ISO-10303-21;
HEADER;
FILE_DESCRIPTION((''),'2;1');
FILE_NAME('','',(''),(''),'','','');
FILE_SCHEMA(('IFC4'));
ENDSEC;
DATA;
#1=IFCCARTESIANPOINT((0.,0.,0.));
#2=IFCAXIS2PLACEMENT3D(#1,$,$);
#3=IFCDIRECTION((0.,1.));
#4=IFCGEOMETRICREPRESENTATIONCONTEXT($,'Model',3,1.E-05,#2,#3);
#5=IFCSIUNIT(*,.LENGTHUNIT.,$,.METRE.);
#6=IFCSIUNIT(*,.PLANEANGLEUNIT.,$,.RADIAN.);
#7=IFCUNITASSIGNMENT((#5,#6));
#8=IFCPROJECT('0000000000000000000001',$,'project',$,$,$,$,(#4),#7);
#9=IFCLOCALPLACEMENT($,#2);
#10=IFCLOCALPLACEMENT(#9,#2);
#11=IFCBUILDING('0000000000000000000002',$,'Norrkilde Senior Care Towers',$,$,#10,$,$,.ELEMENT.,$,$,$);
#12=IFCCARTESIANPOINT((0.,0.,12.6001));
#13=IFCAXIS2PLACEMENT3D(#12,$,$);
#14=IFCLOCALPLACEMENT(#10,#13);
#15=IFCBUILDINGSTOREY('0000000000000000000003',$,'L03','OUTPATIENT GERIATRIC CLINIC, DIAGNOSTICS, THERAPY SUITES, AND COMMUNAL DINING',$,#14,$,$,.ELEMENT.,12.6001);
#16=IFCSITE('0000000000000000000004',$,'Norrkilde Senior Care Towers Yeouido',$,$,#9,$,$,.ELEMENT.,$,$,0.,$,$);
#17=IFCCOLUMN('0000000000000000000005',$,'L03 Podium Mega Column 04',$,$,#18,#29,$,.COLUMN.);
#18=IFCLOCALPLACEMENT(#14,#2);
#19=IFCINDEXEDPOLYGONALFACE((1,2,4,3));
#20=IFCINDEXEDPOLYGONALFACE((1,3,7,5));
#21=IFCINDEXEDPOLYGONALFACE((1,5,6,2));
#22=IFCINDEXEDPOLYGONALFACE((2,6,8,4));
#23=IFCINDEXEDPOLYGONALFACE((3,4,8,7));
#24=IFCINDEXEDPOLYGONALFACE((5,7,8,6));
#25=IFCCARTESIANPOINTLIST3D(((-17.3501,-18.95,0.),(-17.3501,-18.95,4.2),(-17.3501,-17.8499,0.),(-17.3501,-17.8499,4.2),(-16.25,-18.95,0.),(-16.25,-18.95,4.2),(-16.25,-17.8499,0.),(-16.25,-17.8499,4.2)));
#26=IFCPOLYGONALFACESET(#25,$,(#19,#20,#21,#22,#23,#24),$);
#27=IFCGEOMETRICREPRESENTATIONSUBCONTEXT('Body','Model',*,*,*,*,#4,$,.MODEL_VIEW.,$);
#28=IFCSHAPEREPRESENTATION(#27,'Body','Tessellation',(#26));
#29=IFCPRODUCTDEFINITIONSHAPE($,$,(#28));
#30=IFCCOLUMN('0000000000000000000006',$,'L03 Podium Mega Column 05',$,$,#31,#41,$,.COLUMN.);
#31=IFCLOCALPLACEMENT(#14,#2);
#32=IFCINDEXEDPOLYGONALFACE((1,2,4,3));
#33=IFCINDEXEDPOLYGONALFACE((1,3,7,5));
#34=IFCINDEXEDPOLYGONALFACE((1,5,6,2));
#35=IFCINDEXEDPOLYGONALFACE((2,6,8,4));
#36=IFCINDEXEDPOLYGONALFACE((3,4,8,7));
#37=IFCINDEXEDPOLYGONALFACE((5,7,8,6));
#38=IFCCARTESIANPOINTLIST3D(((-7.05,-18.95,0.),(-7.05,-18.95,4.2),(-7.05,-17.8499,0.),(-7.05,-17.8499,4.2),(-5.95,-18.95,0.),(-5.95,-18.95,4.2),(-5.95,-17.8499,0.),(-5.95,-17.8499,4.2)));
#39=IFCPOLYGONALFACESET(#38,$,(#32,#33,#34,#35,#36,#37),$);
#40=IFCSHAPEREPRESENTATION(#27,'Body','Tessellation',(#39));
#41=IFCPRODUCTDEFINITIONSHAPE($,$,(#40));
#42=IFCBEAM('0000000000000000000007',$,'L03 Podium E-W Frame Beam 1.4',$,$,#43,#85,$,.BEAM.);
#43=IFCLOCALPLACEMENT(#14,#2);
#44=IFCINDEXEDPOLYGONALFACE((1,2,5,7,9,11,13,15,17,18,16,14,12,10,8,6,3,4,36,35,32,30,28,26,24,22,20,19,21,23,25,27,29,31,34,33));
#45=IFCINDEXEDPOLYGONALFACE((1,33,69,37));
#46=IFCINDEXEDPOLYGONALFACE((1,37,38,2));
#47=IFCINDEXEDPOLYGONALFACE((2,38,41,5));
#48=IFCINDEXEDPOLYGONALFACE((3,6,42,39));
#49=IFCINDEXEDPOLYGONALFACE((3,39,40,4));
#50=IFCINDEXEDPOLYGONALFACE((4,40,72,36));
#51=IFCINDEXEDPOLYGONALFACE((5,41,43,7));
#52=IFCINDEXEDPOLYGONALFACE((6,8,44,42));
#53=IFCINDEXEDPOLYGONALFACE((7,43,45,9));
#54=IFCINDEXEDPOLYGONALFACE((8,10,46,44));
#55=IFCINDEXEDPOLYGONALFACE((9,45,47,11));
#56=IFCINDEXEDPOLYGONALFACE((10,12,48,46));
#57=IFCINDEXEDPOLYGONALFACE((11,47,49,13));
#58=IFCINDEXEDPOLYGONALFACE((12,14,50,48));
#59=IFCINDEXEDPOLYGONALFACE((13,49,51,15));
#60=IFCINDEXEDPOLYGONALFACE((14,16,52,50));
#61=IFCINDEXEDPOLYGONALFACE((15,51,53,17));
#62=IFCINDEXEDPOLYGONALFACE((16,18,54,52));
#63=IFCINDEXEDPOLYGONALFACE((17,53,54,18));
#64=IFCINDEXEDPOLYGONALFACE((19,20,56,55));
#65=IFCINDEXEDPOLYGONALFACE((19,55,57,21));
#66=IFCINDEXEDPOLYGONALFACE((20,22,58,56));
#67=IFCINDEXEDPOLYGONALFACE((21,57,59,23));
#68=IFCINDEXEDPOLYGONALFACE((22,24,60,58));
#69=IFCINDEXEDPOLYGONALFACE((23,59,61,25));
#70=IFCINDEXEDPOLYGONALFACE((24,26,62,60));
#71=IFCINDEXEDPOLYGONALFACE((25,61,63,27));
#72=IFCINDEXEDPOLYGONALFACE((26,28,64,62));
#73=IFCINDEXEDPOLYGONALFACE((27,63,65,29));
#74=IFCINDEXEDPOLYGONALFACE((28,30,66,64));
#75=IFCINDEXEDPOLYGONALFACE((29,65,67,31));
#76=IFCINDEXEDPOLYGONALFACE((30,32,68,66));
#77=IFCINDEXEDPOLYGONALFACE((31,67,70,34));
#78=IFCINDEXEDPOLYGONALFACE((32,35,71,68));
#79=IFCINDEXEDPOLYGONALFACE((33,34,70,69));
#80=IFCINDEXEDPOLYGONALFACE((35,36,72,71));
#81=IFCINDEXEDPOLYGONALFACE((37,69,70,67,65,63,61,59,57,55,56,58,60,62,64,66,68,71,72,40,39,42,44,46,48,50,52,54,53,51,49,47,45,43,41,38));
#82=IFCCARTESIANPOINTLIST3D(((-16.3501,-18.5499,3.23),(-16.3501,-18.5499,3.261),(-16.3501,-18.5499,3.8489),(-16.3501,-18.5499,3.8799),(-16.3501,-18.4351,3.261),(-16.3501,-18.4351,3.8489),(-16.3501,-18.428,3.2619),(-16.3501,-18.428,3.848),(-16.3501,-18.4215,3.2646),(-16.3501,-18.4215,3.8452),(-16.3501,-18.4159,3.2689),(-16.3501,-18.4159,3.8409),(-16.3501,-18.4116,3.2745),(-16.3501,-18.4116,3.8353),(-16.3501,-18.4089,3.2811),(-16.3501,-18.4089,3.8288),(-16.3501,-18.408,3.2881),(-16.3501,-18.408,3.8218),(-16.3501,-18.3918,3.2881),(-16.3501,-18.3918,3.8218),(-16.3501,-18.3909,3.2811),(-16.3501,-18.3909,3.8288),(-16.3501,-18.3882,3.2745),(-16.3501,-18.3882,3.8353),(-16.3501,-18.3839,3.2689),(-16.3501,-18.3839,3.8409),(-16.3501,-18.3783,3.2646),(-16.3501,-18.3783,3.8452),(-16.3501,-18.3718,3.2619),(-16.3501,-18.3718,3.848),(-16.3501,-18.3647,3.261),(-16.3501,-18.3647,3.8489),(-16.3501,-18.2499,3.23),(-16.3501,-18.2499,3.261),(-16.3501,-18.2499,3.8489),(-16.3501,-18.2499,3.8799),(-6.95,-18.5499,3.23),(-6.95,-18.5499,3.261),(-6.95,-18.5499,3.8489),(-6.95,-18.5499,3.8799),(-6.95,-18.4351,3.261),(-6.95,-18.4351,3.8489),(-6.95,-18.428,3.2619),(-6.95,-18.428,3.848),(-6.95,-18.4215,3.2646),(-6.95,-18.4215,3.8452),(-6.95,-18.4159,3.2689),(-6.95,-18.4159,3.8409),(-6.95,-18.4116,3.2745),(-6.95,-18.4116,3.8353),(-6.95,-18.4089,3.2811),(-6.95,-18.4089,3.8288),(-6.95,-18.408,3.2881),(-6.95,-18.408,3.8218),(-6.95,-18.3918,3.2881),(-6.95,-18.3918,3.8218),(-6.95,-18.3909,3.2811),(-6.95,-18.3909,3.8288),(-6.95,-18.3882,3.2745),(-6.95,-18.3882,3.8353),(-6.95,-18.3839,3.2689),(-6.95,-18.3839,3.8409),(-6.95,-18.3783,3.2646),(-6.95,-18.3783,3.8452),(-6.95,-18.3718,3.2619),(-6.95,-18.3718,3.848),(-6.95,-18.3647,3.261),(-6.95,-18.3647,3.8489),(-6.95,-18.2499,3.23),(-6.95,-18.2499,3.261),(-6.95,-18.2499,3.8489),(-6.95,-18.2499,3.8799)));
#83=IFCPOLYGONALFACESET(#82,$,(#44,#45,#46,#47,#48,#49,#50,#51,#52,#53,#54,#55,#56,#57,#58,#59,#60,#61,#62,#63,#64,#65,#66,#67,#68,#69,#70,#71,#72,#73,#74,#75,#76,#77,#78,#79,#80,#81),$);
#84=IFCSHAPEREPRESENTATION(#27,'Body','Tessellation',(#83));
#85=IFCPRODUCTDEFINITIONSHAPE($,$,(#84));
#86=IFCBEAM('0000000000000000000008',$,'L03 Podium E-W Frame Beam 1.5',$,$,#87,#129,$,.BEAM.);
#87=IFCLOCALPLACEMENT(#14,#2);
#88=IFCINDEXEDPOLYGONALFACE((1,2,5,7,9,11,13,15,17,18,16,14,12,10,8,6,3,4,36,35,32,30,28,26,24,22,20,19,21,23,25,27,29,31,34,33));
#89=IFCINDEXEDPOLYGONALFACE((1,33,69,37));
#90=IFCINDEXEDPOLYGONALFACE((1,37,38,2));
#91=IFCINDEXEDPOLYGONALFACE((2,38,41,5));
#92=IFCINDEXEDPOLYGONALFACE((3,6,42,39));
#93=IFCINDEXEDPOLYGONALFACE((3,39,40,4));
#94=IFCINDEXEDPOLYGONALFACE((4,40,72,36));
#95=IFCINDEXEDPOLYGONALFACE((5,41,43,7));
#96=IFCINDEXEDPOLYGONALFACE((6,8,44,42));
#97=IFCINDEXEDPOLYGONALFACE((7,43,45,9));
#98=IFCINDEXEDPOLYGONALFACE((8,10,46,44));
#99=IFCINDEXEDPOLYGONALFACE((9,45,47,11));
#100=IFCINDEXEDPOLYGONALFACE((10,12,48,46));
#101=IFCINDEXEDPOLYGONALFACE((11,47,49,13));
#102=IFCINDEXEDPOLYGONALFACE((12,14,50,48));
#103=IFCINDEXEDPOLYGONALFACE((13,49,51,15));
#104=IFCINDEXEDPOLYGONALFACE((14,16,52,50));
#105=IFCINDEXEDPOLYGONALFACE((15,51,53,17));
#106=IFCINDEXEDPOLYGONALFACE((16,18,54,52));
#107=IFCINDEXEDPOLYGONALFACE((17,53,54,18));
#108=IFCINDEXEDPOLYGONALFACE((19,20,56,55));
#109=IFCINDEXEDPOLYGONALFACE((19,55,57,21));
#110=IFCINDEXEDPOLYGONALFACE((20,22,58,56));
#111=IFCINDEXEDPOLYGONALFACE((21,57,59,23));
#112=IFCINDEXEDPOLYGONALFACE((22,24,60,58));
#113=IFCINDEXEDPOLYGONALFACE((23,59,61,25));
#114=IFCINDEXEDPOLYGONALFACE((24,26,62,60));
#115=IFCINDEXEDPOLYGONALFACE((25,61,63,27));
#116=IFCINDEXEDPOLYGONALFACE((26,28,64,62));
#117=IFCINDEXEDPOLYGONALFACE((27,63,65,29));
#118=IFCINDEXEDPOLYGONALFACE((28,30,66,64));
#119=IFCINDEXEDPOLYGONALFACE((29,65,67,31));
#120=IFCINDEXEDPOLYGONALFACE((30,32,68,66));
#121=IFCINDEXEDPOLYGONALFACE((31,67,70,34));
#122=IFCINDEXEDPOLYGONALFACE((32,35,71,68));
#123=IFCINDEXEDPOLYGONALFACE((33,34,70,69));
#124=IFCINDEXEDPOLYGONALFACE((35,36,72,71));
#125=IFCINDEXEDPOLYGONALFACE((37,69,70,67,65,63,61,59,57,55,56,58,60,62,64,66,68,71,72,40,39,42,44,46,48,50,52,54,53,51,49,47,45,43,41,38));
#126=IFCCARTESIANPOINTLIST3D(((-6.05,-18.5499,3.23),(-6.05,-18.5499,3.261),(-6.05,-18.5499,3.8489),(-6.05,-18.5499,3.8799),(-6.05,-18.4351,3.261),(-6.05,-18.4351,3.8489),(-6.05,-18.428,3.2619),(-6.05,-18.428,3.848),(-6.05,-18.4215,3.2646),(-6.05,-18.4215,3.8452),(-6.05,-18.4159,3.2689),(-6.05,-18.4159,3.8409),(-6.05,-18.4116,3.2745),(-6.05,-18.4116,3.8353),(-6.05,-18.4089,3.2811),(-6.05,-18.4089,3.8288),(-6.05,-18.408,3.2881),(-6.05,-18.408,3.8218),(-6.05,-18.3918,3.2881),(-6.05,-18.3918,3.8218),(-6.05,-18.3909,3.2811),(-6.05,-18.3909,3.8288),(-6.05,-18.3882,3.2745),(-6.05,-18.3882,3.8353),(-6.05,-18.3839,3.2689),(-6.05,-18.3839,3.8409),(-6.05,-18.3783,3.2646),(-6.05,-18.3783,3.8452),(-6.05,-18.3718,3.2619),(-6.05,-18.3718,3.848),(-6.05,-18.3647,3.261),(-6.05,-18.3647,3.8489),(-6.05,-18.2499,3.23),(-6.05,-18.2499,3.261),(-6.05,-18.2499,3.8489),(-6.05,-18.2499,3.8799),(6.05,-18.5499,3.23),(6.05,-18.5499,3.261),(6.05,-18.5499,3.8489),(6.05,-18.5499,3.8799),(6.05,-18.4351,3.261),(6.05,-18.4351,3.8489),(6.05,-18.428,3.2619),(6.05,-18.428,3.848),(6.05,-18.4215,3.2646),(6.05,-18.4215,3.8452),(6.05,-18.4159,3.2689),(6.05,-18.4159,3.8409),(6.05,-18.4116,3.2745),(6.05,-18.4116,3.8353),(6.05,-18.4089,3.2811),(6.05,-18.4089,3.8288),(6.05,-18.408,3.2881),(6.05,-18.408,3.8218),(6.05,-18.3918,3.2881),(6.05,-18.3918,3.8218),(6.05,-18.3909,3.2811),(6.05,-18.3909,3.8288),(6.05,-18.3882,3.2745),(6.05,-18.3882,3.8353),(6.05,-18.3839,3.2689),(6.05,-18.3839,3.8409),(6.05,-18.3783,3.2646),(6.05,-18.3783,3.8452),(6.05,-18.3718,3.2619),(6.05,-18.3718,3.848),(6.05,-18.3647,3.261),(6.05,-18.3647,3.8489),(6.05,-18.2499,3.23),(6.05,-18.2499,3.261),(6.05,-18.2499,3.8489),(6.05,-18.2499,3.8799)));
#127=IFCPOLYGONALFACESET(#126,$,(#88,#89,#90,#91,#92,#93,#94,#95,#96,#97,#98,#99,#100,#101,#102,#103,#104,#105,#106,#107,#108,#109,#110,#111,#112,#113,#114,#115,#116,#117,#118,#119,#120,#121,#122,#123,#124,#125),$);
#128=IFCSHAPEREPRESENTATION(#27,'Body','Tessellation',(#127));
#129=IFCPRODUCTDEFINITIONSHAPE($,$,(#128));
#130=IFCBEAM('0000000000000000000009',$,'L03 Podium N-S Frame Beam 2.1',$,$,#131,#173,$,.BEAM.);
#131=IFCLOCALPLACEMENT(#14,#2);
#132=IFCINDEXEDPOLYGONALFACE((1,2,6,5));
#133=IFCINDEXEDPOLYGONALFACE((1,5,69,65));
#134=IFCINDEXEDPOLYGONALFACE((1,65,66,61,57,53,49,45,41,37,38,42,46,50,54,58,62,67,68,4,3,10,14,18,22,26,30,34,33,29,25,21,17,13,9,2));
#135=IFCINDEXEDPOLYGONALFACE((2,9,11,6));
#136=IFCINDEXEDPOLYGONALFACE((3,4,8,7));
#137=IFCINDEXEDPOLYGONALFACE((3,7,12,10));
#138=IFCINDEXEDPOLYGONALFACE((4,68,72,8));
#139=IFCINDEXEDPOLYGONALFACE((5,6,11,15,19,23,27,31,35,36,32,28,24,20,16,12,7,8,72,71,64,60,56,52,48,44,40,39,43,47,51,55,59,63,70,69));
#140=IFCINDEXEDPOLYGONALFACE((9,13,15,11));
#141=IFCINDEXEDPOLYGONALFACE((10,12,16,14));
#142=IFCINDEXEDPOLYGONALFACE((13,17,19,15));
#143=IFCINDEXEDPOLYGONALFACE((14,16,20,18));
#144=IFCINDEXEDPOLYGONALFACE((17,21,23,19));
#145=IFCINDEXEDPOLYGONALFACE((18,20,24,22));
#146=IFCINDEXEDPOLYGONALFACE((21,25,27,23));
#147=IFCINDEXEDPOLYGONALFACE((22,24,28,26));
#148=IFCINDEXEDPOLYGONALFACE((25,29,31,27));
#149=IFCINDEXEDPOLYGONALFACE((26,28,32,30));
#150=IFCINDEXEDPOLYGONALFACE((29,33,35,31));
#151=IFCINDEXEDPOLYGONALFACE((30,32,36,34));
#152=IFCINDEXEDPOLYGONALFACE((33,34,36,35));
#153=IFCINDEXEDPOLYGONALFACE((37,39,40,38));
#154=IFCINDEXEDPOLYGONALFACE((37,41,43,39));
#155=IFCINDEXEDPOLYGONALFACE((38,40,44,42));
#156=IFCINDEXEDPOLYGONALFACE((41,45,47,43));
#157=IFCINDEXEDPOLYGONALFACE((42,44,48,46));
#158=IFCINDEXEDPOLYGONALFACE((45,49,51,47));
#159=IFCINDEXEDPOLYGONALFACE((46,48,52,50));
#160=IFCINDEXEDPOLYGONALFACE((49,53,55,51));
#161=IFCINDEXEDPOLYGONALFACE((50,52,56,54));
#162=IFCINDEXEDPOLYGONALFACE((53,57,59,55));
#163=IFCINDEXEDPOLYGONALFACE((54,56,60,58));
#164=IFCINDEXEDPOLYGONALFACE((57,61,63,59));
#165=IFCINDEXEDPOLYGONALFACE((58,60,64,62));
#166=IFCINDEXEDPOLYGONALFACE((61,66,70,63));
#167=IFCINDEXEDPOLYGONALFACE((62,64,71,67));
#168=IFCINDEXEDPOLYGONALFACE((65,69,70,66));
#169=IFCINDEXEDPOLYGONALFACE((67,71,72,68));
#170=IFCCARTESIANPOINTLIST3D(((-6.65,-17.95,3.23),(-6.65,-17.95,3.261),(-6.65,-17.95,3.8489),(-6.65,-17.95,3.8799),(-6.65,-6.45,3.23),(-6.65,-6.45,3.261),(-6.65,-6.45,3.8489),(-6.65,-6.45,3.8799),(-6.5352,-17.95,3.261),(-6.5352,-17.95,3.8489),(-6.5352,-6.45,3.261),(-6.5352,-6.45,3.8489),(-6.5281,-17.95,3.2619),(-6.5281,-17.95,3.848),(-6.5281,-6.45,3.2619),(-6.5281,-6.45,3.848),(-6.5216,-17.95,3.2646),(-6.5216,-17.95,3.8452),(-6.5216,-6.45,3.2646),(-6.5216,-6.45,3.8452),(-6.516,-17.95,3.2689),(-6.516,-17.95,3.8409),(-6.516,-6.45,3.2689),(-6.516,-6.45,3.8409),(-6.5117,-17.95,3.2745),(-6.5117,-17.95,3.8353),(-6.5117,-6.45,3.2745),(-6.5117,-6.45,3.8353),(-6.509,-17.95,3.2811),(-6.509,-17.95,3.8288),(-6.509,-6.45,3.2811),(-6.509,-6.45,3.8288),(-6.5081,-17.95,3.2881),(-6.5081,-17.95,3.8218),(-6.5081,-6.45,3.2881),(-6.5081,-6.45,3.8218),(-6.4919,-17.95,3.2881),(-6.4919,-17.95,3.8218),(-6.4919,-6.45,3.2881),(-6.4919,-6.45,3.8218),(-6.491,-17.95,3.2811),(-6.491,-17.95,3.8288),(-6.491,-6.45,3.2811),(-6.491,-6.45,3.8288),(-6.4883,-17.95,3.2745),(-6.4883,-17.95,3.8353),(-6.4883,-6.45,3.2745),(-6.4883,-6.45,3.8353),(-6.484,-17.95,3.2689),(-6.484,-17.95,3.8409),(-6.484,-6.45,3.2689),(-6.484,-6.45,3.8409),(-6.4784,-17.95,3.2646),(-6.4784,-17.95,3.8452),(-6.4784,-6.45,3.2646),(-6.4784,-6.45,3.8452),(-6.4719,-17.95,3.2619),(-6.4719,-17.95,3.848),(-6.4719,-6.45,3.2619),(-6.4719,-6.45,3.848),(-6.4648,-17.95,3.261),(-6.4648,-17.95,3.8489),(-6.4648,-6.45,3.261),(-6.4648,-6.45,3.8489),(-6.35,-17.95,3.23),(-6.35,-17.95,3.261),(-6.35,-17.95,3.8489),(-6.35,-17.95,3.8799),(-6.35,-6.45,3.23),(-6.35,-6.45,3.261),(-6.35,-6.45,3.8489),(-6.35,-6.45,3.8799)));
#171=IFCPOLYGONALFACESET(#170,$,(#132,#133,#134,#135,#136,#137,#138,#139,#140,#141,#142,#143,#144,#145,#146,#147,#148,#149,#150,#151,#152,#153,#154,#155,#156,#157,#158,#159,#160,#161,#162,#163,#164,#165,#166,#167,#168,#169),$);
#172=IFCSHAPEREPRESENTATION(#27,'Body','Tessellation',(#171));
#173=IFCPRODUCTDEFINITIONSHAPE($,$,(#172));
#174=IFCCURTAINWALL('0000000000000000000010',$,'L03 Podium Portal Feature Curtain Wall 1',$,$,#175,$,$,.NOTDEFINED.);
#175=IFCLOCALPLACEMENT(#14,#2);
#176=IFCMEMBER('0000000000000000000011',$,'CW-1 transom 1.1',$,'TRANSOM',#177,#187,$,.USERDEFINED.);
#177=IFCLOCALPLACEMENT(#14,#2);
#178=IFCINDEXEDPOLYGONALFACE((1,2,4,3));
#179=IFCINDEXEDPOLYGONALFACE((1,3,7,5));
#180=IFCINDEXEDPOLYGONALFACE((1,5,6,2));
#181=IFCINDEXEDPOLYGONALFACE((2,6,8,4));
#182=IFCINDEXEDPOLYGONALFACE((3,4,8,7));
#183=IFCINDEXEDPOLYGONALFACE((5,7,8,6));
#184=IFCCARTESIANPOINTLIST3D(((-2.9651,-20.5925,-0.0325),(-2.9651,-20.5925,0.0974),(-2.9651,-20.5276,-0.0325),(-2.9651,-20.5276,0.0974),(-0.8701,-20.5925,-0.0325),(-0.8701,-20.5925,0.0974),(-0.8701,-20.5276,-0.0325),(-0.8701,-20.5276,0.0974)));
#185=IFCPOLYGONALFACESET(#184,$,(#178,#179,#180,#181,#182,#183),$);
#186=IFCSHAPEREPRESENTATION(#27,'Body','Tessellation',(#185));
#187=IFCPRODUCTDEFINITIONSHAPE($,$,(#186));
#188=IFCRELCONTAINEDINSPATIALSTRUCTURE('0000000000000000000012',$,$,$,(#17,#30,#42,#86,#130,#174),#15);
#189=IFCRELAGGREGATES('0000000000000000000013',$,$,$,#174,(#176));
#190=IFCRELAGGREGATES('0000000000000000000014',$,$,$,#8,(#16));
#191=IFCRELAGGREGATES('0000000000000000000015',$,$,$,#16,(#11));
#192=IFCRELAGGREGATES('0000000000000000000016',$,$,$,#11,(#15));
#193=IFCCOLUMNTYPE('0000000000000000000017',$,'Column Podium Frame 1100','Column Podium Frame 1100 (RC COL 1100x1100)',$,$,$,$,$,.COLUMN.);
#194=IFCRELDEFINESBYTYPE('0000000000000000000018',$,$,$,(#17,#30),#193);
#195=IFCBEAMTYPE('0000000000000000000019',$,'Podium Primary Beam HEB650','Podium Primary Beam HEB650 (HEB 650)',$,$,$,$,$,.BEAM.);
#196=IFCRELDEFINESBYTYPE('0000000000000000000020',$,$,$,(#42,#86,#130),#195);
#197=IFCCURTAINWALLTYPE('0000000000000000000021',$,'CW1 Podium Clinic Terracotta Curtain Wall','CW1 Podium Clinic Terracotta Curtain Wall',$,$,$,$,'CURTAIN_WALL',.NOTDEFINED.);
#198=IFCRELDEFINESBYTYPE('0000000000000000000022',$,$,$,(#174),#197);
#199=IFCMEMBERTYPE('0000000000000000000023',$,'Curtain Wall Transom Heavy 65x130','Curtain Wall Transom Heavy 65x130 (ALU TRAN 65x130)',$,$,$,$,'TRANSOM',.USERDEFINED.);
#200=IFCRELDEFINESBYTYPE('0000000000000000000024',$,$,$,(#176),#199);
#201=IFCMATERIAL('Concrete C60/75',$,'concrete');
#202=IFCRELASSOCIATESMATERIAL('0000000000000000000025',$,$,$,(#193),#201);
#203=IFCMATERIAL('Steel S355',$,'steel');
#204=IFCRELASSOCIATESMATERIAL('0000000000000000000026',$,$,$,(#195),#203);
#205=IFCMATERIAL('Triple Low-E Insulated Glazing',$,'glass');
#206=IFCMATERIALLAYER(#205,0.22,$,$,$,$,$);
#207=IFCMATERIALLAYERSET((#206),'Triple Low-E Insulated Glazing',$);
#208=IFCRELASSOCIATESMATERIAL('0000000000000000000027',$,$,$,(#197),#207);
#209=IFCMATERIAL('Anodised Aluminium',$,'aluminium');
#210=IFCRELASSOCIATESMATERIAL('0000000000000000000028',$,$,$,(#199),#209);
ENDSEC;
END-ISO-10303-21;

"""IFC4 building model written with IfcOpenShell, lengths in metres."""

from ifc_helpers import new_model, si_unit, direction, frame, origin, origin_2d, place, context, subcontext, project, spatial, rectangle, i_section, extrude, source, transform, mapped, material, layer, layer_set, material_profile, profile_set, type_object, type_shapes, element, aggregate, save


model = new_model("IFC4")

# Units and contexts
model_context = context("Model", 3, precision=1e-05, world=origin(), true_north=direction((0.0, 1.0)))
body_context = subcontext(model_context, "Body", "Model", "MODEL_VIEW")
ifc_project = project(units=[si_unit("LENGTHUNIT", "METRE"), si_unit("PLANEANGLEUNIT", "RADIAN")], contexts=[model_context])

# Site, building, storey
site_placement = place(None, origin())
site = spatial("IfcSite", under=ifc_project, at=site_placement, Name="Norrkilde Senior Care Towers Yeouido", CompositionType="ELEMENT", RefElevation=0.0)
building_placement = place(site_placement, origin())
building = spatial("IfcBuilding", under=site, at=building_placement, Name="Norrkilde Senior Care Towers", CompositionType="ELEMENT")
storey_placement = place(building_placement, frame((0.0, 0.0, 12.6001)))
storey = spatial("IfcBuildingStorey", under=building, at=storey_placement, Name="L03", Description="OUTPATIENT GERIATRIC CLINIC, DIAGNOSTICS, THERAPY SUITES, AND COMMUNAL DINING", CompositionType="ELEMENT", Elevation=12.6001)

# Columns
ifc_material_1 = material(Name="Concrete C60/75", Category="concrete")
ifc_material_profile_1 = material_profile(ifc_material_1, rectangle(XDim=1.1001, YDim=1.1001, at=origin_2d()), Name="RC COL 1100x1100")
ifc_profile_set_1 = profile_set([ifc_material_profile_1], Name="Concrete C60/75")
column_type = type_object("IfcColumnType", Name="Column Podium Frame 1100", Description="Column Podium Frame 1100 (RC COL 1100x1100)", PredefinedType="COLUMN", material=ifc_profile_set_1)
shared_shape_1 = source(origin(), body_context, "Body", "SweptSolid", [
    extrude(rectangle(XDim=1.1001, YDim=1.1001, at=origin_2d()), origin(), (0.0, 0.0, 1.0), 4.2),
])
type_shapes(column_type, [shared_shape_1])
for number, where, z_axis, x_axis, name in (
    (1, (-16.8, -18.3999, 0.0), (0.0, 0.0, 1.0), (1.0, 0.0, 0.0), "L03 Podium Mega Column 04"),
    (2, (-6.5, -18.3999, 0.0), (0.0, 0.0, 1.0), (1.0, 0.0, 0.0), "L03 Podium Mega Column 05"),
):
    element("IfcColumn", number, at=place(storey_placement, frame(where, z_axis=z_axis, x_axis=x_axis)), inside=storey, type_object=column_type, Name=name, PredefinedType="COLUMN", context=body_context, shape_type="MappedRepresentation", body=[
        mapped(shared_shape_1, transform((0.0, 0.0, 0.0), x_axis=(1.0, 0.0, 0.0), y_axis=(0.0, 1.0, 0.0), z_axis=(0.0, 0.0, 1.0), scale=1.0)),
    ])

# Beams
ifc_material_2 = material(Name="Steel S355", Category="steel")
ifc_material_profile_2 = material_profile(ifc_material_2, i_section(OverallWidth=0.3, OverallDepth=0.6499, WebThickness=0.0161, FlangeThickness=0.031, FilletRadius=0.0271, at=origin_2d()), Name="HEB 650")
ifc_profile_set_2 = profile_set([ifc_material_profile_2], Name="Steel S355")
beam_type = type_object("IfcBeamType", Name="Podium Primary Beam HEB650", Description="Podium Primary Beam HEB650 (HEB 650)", PredefinedType="BEAM", material=ifc_profile_set_2)
shared_shape_2 = source(origin(), body_context, "Body", "SweptSolid", [
    extrude(i_section(OverallWidth=0.3, OverallDepth=0.6499, WebThickness=0.0161, FlangeThickness=0.031, FilletRadius=0.0271, at=origin_2d()), origin(), (0.0, 0.0, 1.0), 9.4001),
])
beam_1_placement = place(storey_placement, frame((-16.3501, -18.3999, 3.5549), z_axis=(1.0, 0.0, 0.0), x_axis=(0.0, 1.0, 0.0)))
element("IfcBeam", 3, at=beam_1_placement, inside=storey, type_object=beam_type, Name="L03 Podium E-W Frame Beam 1.4", PredefinedType="BEAM", context=body_context, shape_type="MappedRepresentation", body=[
    mapped(shared_shape_2, transform((0.0, 0.0, 0.0), x_axis=(1.0, 0.0, 0.0), y_axis=(0.0, 1.0, 0.0), z_axis=(0.0, 0.0, 1.0), scale=1.0)),
])
shared_shape_3 = source(origin(), body_context, "Body", "SweptSolid", [
    extrude(i_section(OverallWidth=0.3, OverallDepth=0.6499, WebThickness=0.0161, FlangeThickness=0.031, FilletRadius=0.0271, at=origin_2d()), origin(), (0.0, 0.0, 1.0), 12.1001),
])
beam_2_placement = place(storey_placement, frame((-6.05, -18.3999, 3.5549), z_axis=(1.0, 0.0, 0.0), x_axis=(0.0, 1.0, 0.0)))
element("IfcBeam", 4, at=beam_2_placement, inside=storey, type_object=beam_type, Name="L03 Podium E-W Frame Beam 1.5", PredefinedType="BEAM", context=body_context, shape_type="MappedRepresentation", body=[
    mapped(shared_shape_3, transform((0.0, 0.0, 0.0), x_axis=(1.0, 0.0, 0.0), y_axis=(0.0, 1.0, 0.0), z_axis=(0.0, 0.0, 1.0), scale=1.0)),
])
shared_shape_4 = source(origin(), body_context, "Body", "SweptSolid", [
    extrude(i_section(OverallWidth=0.3, OverallDepth=0.6499, WebThickness=0.0161, FlangeThickness=0.031, FilletRadius=0.0271, at=origin_2d()), origin(), (0.0, 0.0, 1.0), 11.5),
])
type_shapes(beam_type, [shared_shape_2, shared_shape_3, shared_shape_4])
beam_3_placement = place(storey_placement, frame((-6.5, -17.95, 3.5549), z_axis=(0.0, 1.0, 0.0), x_axis=(-1.0, 0.0, 0.0)))
element("IfcBeam", 5, at=beam_3_placement, inside=storey, type_object=beam_type, Name="L03 Podium N-S Frame Beam 2.1", PredefinedType="BEAM", context=body_context, shape_type="MappedRepresentation", body=[
    mapped(shared_shape_4, transform((0.0, 0.0, 0.0), x_axis=(1.0, 0.0, 0.0), y_axis=(0.0, 1.0, 0.0), z_axis=(0.0, 0.0, 1.0), scale=1.0)),
])

# Curtain wall, member
ifc_material_3 = material(Name="Triple Low-E Insulated Glazing", Category="glass")
ifc_layer_1 = layer(ifc_material_3, 0.22)
ifc_layer_set_1 = layer_set([ifc_layer_1], Name="Triple Low-E Insulated Glazing")
curtain_wall_type = type_object("IfcCurtainWallType", Name="CW1 Podium Clinic Terracotta Curtain Wall", Description="CW1 Podium Clinic Terracotta Curtain Wall", ElementType="CURTAIN_WALL", PredefinedType="NOTDEFINED", material=ifc_layer_set_1)
curtain_wall_placement = place(storey_placement, origin())
curtain_wall = element("IfcCurtainWall", 6, at=curtain_wall_placement, inside=storey, type_object=curtain_wall_type, Name="L03 Podium Portal Feature Curtain Wall 1", PredefinedType="NOTDEFINED")
ifc_material_4 = material(Name="Anodised Aluminium", Category="aluminium")
ifc_material_profile_3 = material_profile(ifc_material_4, rectangle(XDim=0.0649, YDim=0.1299, at=origin_2d()), Name="ALU TRAN 65x130")
ifc_profile_set_3 = profile_set([ifc_material_profile_3], Name="Anodised Aluminium")
member_type_1 = type_object("IfcMemberType", Name="Curtain Wall Transom Heavy 65x130", Description="Curtain Wall Transom Heavy 65x130 (ALU TRAN 65x130)", ElementType="TRANSOM", PredefinedType="USERDEFINED", material=ifc_profile_set_3)
shared_shape_5 = source(origin(), body_context, "Body", "SweptSolid", [
    extrude(rectangle(XDim=0.0649, YDim=0.1299, at=origin_2d()), origin(), (0.0, 0.0, 1.0), 2.095),
])
type_shapes(member_type_1, [shared_shape_5])
member_1_placement = place(storey_placement, frame((-0.8701, -20.5601, 0.0325), z_axis=(-1.0, 0.0, 0.0), x_axis=(0.0, -1.0, 0.0)))
member_1 = element("IfcMember", 7, at=member_1_placement, type_object=member_type_1, Name="CW-1 transom 1.1", ObjectType="TRANSOM", PredefinedType="USERDEFINED", context=body_context, shape_type="MappedRepresentation", body=[
    mapped(shared_shape_5, transform((0.0, 0.0, 0.0), x_axis=(1.0, 0.0, 0.0), y_axis=(0.0, 1.0, 0.0), z_axis=(0.0, 0.0, 1.0), scale=1.0)),
])
aggregate(curtain_wall, [member_1])

save(model, "model.ifc")
